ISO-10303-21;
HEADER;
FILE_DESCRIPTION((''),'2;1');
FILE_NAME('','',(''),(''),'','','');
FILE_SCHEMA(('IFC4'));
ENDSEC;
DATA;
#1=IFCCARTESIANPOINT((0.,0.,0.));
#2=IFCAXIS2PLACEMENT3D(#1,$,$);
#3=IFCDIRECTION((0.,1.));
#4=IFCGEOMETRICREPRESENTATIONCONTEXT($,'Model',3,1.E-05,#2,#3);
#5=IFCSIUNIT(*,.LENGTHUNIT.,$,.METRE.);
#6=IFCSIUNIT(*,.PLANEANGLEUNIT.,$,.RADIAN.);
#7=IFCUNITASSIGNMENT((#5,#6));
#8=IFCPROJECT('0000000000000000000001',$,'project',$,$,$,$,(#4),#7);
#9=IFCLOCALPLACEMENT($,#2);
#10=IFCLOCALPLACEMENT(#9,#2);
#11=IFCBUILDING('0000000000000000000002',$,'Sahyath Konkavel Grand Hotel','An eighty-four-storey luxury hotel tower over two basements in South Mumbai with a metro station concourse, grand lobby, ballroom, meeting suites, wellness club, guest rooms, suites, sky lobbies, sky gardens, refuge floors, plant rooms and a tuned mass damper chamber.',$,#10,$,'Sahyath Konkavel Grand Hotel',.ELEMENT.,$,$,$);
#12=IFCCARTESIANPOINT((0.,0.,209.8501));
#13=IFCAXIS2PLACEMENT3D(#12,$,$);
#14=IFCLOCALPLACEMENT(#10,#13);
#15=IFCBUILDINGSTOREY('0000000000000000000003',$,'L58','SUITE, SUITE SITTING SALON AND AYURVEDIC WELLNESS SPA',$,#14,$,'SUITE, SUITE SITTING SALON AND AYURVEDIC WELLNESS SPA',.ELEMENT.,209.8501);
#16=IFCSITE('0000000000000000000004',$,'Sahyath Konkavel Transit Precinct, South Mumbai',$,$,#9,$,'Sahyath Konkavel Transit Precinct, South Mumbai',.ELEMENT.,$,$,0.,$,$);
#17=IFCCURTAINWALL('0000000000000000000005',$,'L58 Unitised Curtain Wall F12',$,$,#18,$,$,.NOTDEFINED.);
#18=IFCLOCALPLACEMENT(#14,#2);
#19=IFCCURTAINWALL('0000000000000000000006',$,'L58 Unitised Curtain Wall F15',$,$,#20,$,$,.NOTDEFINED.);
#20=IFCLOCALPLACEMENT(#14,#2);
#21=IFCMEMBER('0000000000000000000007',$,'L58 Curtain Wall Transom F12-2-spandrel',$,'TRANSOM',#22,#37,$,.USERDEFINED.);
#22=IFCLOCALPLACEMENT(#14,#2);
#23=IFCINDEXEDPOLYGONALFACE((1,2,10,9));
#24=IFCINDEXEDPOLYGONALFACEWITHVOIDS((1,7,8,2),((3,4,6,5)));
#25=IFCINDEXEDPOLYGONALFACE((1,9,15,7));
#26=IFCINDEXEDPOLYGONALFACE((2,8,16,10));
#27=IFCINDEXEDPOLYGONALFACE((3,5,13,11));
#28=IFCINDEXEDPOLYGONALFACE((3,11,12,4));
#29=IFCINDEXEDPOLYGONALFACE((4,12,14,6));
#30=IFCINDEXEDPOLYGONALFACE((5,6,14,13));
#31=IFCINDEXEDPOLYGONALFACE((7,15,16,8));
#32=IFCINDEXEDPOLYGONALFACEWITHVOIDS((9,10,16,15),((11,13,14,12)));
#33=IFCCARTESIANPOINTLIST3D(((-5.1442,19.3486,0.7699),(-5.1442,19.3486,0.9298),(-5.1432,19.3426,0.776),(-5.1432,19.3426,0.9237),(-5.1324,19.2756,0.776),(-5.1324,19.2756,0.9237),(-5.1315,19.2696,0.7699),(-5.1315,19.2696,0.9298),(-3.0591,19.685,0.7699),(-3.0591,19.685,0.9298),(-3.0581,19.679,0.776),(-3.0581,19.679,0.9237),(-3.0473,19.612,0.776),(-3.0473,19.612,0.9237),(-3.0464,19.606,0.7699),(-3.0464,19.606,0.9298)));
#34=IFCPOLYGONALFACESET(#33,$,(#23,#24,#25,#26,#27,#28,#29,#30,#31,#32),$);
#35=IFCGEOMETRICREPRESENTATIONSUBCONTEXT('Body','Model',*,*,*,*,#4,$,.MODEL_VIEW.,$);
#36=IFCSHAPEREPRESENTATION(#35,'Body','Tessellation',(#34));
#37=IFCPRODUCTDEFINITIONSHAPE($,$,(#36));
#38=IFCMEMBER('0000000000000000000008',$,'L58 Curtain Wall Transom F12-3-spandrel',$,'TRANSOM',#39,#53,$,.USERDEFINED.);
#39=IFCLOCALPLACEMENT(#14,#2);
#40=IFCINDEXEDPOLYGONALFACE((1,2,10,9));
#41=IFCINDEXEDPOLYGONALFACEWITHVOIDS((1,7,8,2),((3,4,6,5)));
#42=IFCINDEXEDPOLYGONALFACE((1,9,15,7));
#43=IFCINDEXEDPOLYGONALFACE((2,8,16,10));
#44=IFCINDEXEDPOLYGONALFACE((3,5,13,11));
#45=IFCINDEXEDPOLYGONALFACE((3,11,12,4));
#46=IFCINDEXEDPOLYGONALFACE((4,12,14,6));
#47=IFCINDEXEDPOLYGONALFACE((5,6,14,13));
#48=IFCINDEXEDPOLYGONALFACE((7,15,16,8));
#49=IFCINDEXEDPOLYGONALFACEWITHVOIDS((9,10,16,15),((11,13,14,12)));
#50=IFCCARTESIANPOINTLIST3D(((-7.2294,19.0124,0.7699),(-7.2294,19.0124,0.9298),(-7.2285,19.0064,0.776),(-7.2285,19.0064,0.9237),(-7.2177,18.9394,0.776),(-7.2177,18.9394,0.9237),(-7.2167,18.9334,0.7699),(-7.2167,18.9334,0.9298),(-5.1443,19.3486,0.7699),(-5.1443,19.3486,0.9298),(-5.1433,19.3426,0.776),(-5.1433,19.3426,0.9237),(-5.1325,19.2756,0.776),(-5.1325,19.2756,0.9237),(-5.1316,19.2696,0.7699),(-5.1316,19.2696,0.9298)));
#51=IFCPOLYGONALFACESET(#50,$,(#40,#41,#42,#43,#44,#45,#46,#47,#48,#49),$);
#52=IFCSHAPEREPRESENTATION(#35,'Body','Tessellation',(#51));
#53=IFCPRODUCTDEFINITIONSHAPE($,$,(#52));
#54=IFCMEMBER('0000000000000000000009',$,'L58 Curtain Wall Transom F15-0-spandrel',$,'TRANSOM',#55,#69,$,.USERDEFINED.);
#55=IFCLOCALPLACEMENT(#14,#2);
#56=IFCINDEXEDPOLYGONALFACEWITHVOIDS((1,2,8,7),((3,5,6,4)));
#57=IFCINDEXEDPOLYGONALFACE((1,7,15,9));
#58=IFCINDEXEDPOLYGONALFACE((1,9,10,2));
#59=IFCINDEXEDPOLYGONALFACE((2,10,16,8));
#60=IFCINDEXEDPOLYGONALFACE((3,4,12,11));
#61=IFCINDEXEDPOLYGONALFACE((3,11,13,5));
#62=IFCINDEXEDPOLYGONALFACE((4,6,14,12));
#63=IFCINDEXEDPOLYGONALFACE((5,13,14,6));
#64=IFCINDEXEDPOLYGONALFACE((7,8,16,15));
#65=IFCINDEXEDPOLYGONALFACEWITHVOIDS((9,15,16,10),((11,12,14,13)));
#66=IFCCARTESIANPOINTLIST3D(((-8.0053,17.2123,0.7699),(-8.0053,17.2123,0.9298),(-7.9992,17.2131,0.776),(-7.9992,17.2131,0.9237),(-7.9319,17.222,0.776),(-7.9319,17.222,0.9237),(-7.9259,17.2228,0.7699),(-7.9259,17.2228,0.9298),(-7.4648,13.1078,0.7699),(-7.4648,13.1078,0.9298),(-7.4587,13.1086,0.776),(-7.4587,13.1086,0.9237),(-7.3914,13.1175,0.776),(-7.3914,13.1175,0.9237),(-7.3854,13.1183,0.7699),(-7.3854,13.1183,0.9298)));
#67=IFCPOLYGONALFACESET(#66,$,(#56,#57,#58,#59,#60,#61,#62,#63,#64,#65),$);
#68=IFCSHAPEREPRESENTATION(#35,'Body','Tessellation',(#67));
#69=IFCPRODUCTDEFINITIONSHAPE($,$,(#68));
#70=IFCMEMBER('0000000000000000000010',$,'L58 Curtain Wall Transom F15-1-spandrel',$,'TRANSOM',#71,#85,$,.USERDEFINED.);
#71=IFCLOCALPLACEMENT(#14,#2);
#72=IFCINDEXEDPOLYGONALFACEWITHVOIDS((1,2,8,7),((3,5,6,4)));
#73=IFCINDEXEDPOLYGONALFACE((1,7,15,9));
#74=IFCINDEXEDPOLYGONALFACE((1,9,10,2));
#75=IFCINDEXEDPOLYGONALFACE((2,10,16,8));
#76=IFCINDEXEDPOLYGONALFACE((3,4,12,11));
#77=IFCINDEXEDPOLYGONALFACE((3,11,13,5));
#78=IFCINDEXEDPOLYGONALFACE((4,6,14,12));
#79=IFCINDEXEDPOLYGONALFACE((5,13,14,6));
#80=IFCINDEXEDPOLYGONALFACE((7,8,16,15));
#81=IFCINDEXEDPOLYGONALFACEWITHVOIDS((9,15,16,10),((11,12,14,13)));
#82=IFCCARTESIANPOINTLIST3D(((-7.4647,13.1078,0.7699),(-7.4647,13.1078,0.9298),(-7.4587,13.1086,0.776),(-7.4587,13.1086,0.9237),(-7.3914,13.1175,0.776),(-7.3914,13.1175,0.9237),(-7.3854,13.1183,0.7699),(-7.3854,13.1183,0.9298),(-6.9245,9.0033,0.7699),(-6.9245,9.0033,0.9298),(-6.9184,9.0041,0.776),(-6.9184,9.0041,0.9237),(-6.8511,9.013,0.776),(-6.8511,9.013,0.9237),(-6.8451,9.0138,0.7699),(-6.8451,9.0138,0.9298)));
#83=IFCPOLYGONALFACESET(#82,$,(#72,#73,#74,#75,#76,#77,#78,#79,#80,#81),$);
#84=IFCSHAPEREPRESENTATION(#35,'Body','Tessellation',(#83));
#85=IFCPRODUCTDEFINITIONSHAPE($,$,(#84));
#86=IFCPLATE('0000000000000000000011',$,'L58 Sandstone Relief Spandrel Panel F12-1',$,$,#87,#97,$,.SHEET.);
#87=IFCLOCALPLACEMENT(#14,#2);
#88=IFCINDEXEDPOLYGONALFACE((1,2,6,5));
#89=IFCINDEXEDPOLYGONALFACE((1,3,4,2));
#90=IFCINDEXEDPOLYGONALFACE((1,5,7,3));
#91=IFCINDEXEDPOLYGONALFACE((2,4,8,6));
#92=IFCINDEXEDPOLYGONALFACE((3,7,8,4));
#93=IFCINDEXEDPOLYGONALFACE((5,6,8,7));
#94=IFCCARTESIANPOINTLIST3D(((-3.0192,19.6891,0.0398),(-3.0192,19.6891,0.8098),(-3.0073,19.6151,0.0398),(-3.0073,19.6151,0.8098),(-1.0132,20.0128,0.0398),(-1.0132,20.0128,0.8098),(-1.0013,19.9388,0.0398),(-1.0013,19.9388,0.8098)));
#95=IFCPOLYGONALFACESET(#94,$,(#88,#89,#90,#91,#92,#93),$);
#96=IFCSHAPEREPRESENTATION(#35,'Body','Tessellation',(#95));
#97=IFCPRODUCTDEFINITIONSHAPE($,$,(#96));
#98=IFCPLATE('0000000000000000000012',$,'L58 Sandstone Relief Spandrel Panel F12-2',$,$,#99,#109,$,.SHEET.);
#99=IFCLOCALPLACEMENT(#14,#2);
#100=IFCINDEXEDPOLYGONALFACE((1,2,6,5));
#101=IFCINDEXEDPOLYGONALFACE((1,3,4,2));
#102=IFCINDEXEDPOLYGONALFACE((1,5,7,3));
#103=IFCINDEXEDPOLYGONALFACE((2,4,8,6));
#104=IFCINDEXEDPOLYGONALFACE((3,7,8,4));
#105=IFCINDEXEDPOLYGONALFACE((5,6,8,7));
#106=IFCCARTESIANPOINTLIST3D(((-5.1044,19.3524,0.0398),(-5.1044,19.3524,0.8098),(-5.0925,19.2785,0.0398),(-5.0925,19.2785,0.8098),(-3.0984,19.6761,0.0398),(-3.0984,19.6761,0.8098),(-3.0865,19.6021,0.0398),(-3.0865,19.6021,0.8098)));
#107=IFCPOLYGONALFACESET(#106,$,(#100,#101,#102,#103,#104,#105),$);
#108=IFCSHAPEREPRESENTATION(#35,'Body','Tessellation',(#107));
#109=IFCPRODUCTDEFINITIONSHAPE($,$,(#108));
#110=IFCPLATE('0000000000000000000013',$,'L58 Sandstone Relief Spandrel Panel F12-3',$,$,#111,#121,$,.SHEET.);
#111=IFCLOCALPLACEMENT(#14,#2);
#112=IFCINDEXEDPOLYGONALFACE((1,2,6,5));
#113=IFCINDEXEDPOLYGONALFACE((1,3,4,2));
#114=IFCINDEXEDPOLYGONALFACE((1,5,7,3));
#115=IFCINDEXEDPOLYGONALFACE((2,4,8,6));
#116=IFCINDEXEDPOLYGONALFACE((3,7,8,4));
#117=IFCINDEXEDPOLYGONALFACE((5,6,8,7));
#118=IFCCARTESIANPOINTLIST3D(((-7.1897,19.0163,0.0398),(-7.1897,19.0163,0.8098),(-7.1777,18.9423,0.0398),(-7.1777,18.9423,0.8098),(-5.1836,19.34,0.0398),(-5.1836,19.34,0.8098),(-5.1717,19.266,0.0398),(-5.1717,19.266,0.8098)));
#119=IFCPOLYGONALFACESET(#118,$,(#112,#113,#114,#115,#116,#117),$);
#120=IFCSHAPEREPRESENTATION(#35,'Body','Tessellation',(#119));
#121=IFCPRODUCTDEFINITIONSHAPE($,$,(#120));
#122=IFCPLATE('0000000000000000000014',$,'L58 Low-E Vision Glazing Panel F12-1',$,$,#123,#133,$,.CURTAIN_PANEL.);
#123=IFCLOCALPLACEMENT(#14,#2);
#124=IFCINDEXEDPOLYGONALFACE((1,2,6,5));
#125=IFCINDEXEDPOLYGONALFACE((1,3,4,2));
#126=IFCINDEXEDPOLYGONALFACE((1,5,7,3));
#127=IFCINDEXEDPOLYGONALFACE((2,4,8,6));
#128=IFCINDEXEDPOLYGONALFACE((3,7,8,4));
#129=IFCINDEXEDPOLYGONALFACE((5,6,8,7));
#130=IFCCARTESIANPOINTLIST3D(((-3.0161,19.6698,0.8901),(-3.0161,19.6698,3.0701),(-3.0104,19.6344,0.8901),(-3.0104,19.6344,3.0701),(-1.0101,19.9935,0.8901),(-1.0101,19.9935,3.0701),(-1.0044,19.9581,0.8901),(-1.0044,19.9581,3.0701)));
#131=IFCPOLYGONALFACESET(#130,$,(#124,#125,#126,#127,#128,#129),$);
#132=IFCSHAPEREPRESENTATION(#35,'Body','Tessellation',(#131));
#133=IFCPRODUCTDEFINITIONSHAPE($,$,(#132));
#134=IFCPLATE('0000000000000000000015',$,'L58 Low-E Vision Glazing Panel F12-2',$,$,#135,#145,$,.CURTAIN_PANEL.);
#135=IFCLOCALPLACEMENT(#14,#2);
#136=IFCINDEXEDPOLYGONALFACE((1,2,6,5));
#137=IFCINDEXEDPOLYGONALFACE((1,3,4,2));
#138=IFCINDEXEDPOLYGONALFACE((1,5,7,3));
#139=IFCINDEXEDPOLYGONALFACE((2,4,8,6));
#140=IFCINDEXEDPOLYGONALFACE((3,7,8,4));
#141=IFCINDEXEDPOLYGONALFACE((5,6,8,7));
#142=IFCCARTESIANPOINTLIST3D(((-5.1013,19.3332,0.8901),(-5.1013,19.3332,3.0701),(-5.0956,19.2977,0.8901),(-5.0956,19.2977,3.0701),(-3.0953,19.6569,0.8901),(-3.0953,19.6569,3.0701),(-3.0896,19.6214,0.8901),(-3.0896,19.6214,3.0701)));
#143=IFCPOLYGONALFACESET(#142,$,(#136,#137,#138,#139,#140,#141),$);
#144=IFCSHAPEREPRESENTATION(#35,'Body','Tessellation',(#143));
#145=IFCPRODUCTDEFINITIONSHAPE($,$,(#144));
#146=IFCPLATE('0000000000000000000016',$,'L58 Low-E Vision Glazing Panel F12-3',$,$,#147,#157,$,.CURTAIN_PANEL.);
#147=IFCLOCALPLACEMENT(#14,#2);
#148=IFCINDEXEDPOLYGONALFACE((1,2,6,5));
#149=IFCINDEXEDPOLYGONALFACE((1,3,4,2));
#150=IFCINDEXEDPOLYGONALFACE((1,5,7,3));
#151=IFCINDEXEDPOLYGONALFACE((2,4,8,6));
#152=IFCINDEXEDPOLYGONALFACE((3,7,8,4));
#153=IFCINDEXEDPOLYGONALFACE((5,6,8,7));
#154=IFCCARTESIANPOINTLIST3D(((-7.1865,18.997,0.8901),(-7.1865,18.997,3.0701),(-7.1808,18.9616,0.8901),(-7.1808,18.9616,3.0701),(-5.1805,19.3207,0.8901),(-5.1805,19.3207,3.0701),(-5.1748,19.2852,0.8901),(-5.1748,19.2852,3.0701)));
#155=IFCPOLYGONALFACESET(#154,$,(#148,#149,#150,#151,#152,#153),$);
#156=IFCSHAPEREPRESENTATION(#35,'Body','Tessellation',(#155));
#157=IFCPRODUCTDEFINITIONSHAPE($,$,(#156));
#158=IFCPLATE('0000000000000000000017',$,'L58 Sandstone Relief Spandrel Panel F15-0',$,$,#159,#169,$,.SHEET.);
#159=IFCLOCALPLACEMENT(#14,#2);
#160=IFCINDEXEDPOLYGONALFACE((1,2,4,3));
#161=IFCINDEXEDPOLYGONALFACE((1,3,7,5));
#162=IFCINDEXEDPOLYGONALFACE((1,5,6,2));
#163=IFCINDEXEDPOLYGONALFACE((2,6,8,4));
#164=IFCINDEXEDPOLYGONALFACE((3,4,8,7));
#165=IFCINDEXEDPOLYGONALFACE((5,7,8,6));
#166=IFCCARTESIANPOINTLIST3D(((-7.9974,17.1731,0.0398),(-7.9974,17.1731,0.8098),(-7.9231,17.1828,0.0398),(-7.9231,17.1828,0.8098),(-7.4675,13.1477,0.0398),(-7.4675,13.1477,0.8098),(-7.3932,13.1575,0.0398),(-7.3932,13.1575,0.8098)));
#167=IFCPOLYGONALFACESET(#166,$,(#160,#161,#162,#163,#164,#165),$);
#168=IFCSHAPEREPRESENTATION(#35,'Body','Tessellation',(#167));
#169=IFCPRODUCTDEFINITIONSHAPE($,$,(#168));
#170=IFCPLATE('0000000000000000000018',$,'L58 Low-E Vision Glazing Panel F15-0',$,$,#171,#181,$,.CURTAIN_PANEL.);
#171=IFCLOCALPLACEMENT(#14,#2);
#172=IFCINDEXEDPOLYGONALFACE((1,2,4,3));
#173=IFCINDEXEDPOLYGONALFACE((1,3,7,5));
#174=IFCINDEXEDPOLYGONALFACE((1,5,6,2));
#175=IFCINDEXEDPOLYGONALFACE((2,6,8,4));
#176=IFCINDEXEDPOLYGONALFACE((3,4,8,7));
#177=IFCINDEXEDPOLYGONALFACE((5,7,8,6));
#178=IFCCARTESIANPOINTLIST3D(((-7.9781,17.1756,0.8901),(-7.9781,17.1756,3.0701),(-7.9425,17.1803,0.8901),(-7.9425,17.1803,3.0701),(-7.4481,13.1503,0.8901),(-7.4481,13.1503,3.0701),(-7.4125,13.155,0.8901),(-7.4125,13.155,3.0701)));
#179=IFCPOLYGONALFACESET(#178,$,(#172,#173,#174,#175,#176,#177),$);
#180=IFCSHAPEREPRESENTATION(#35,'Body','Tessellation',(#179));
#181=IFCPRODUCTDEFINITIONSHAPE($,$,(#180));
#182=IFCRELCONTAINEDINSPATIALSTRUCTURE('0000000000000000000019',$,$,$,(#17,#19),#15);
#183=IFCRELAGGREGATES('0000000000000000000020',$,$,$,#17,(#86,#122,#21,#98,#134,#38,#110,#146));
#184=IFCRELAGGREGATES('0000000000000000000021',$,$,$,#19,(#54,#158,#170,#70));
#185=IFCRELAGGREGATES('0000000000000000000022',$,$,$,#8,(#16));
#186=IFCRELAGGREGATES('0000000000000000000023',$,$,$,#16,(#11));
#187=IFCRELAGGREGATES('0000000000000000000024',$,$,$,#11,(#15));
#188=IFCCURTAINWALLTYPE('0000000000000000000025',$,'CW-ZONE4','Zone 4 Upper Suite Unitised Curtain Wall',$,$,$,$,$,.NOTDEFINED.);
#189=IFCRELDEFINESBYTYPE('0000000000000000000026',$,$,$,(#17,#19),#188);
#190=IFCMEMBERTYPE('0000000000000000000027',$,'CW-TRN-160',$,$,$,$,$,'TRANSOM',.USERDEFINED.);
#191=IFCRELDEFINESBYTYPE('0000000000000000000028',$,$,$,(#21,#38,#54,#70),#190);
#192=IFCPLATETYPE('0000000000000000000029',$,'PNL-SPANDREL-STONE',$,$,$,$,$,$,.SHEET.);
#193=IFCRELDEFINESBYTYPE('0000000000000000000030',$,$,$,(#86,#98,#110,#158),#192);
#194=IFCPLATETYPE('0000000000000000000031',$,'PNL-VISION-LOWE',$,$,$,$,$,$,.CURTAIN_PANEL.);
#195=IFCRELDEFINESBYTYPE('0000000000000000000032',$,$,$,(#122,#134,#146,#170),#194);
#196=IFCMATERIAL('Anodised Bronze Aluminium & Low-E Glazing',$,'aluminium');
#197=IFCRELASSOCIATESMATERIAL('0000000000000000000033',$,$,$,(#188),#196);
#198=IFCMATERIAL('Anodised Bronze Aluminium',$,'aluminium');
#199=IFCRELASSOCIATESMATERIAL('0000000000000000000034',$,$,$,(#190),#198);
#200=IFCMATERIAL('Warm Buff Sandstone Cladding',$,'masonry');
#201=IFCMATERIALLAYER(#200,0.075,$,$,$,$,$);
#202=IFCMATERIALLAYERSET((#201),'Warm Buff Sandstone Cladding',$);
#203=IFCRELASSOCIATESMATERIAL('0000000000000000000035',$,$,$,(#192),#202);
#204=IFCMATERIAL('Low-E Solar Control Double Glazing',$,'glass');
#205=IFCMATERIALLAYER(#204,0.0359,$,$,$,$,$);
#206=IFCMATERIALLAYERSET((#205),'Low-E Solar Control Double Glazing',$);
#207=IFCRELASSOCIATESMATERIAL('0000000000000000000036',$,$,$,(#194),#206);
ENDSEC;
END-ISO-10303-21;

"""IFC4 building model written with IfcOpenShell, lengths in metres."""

from ifc_helpers import new_model, si_unit, direction, frame, origin, origin_2d, place, context, subcontext, project, spatial, rectangle, hollow_rectangle, extrude, source, transform, mapped, material, layer, layer_set, material_profile, profile_set, type_object, element, aggregate, save


model = new_model("IFC4")

# Units and contexts
model_context = context("Model", 3, precision=1e-05, world=origin(), true_north=direction((0.0, 1.0)))
body_context = subcontext(model_context, "Body", "Model", "MODEL_VIEW")
ifc_project = project(units=[si_unit("LENGTHUNIT", "METRE"), si_unit("PLANEANGLEUNIT", "RADIAN")], contexts=[model_context])

# Site, building, storey
site_placement = place(None, origin())
site = spatial("IfcSite", under=ifc_project, at=site_placement, Name="Sahyath Konkavel Transit Precinct, South Mumbai", LongName="Sahyath Konkavel Transit Precinct, South Mumbai", CompositionType="ELEMENT", RefElevation=0.0)
building_placement = place(site_placement, origin())
building = spatial("IfcBuilding", under=site, at=building_placement, Name="Sahyath Konkavel Grand Hotel", Description="An eighty-four-storey luxury hotel tower over two basements in South Mumbai with a metro station concourse, grand lobby, ballroom, meeting suites, wellness club, guest rooms, suites, sky lobbies, sky gardens, refuge floors, plant rooms and a tuned mass damper chamber.", LongName="Sahyath Konkavel Grand Hotel", CompositionType="ELEMENT")
storey_placement = place(building_placement, frame((0.0, 0.0, 209.8501)))
storey = spatial("IfcBuildingStorey", under=building, at=storey_placement, Name="L58", Description="SUITE, SUITE SITTING SALON AND AYURVEDIC WELLNESS SPA", LongName="SUITE, SUITE SITTING SALON AND AYURVEDIC WELLNESS SPA", CompositionType="ELEMENT", Elevation=209.8501)

# Curtain wall
ifc_material_1 = material(Name="Anodised Bronze Aluminium & Low-E Glazing", Category="aluminium")
curtain_wall_type = type_object("IfcCurtainWallType", Name="CW-ZONE4", Description="Zone 4 Upper Suite Unitised Curtain Wall", PredefinedType="NOTDEFINED", material=ifc_material_1)
curtain_wall_1_placement = place(storey_placement, origin())
curtain_wall_1 = element("IfcCurtainWall", 1, at=curtain_wall_1_placement, inside=storey, type_object=curtain_wall_type, Name="L58 Unitised Curtain Wall F12", PredefinedType="NOTDEFINED")
ifc_material_2 = material(Name="Anodised Bronze Aluminium", Category="aluminium")

# Curtain wall
curtain_wall_2_placement = place(storey_placement, origin())
curtain_wall_2 = element("IfcCurtainWall", 2, at=curtain_wall_2_placement, inside=storey, type_object=curtain_wall_type, Name="L58 Unitised Curtain Wall F15", PredefinedType="NOTDEFINED")

# Members
ifc_material_profile_1 = material_profile(ifc_material_2, hollow_rectangle(XDim=0.0801, YDim=0.1599, WallThickness=0.0061, at=origin_2d()), Name="RHS 160x80x6")
ifc_profile_set_1 = profile_set([ifc_material_profile_1], Name="Anodised Bronze Aluminium")
member_type_1 = type_object("IfcMemberType", Name="CW-TRN-160", ElementType="TRANSOM", PredefinedType="USERDEFINED", material=ifc_profile_set_1)
shared_shape_1 = source(origin(), body_context, "Body", "SweptSolid", [
    extrude(hollow_rectangle(XDim=0.0801, YDim=0.1599, WallThickness=0.0061, at=origin_2d()), origin(), (0.0, 0.0, 1.0), 2.1121),
])
member_1_placement = place(storey_placement, frame((-3.0527, 19.6455, 0.8499), z_axis=(-0.987233, -0.15928, 0.0), x_axis=(0.15928, -0.987233, 0.0)))
member_1 = element("IfcMember", 3, at=member_1_placement, type_object=member_type_1, Name="L58 Curtain Wall Transom F12-2-spandrel", ObjectType="TRANSOM", PredefinedType="USERDEFINED", context=body_context, shape_type="MappedRepresentation", body=[
    mapped(shared_shape_1, transform((0.0, 0.0, 0.0), scale=1.0)),
])
member_2_placement = place(storey_placement, frame((-5.1379, 19.3091, 0.8499), z_axis=(-0.987252, -0.159167, 0.0), x_axis=(0.159167, -0.987252, 0.0)))
member_2 = element("IfcMember", 4, at=member_2_placement, type_object=member_type_1, Name="L58 Curtain Wall Transom F12-3-spandrel", ObjectType="TRANSOM", PredefinedType="USERDEFINED", context=body_context, shape_type="MappedRepresentation", body=[
    mapped(shared_shape_1, transform((0.0, 0.0, 0.0), scale=1.0)),
])
shared_shape_2 = source(origin(), body_context, "Body", "SweptSolid", [
    extrude(hollow_rectangle(XDim=0.0801, YDim=0.1599, WallThickness=0.0061, at=origin_2d()), origin(), (0.0, 0.0, 1.0), 4.1399),
])
member_3_placement = place(storey_placement, frame((-7.9656, 17.2175, 0.8499), z_axis=(0.130564, -0.99144, 0.0), x_axis=(0.99144, 0.130564, 0.0)))
member_3 = element("IfcMember", 5, at=member_3_placement, type_object=member_type_1, Name="L58 Curtain Wall Transom F15-0-spandrel", ObjectType="TRANSOM", PredefinedType="USERDEFINED", context=body_context, shape_type="MappedRepresentation", body=[
    mapped(shared_shape_2, transform((0.0, 0.0, 0.0), scale=1.0)),
])
member_4_placement = place(storey_placement, frame((-7.425, 13.113, 0.8499), z_axis=(0.130506, -0.991447, 0.0), x_axis=(0.991447, 0.130506, 0.0)))
member_4 = element("IfcMember", 6, at=member_4_placement, type_object=member_type_1, Name="L58 Curtain Wall Transom F15-1-spandrel", ObjectType="TRANSOM", PredefinedType="USERDEFINED", context=body_context, shape_type="MappedRepresentation", body=[
    mapped(shared_shape_2, transform((0.0, 0.0, 0.0), scale=1.0)),
])

# Plates
ifc_material_3 = material(Name="Warm Buff Sandstone Cladding", Category="masonry")
ifc_layer_1 = layer(ifc_material_3, 0.075)
ifc_layer_set_1 = layer_set([ifc_layer_1], Name="Warm Buff Sandstone Cladding")
plate_type_1 = type_object("IfcPlateType", Name="PNL-SPANDREL-STONE", PredefinedType="SHEET", material=ifc_layer_set_1)
shared_shape_3 = source(origin(), body_context, "Body", "SweptSolid", [
    extrude(rectangle(XDim=2.032, YDim=0.075, at=origin_2d()), origin(), (0.0, 0.0, 1.0), 0.77),
])
plate_1_placement = place(storey_placement, frame((-2.0103, 19.814, 0.0398), z_axis=(0.0, 0.0, 1.0), x_axis=(-0.987231, -0.159295, 0.0)))
plate_1 = element("IfcPlate", 7, at=plate_1_placement, type_object=plate_type_1, Name="L58 Sandstone Relief Spandrel Panel F12-1", PredefinedType="SHEET", context=body_context, shape_type="MappedRepresentation", body=[
    mapped(shared_shape_3, transform((0.0, 0.0, 0.0), scale=1.0)),
])
plate_2_placement = place(storey_placement, frame((-4.0955, 19.4773, 0.0398), z_axis=(0.0, 0.0, 1.0), x_axis=(-0.987231, -0.159295, 0.0)))
plate_2 = element("IfcPlate", 8, at=plate_2_placement, type_object=plate_type_1, Name="L58 Sandstone Relief Spandrel Panel F12-2", PredefinedType="SHEET", context=body_context, shape_type="MappedRepresentation", body=[
    mapped(shared_shape_3, transform((0.0, 0.0, 0.0), scale=1.0)),
])
plate_3_placement = place(storey_placement, frame((-6.1807, 19.1411, 0.0398), z_axis=(0.0, 0.0, 1.0), x_axis=(-0.987231, -0.159295, 0.0)))
plate_3 = element("IfcPlate", 9, at=plate_3_placement, type_object=plate_type_1, Name="L58 Sandstone Relief Spandrel Panel F12-3", PredefinedType="SHEET", context=body_context, shape_type="MappedRepresentation", body=[
    mapped(shared_shape_3, transform((0.0, 0.0, 0.0), scale=1.0)),
])
ifc_material_4 = material(Name="Low-E Solar Control Double Glazing", Category="glass")
ifc_layer_2 = layer(ifc_material_4, 0.0359)
ifc_layer_set_2 = layer_set([ifc_layer_2], Name="Low-E Solar Control Double Glazing")
plate_type_2 = type_object("IfcPlateType", Name="PNL-VISION-LOWE", PredefinedType="CURTAIN_PANEL", material=ifc_layer_set_2)
shared_shape_4 = source(origin(), body_context, "Body", "SweptSolid", [
    extrude(rectangle(XDim=2.032, YDim=0.0359, at=origin_2d()), origin(), (0.0, 0.0, 1.0), 2.1799),
])
plate_4_placement = place(storey_placement, frame((-2.0103, 19.814, 0.8901), z_axis=(0.0, 0.0, 1.0), x_axis=(-0.987231, -0.159295, 0.0)))
plate_4 = element("IfcPlate", 10, at=plate_4_placement, type_object=plate_type_2, Name="L58 Low-E Vision Glazing Panel F12-1", PredefinedType="CURTAIN_PANEL", context=body_context, shape_type="MappedRepresentation", body=[
    mapped(shared_shape_4, transform((0.0, 0.0, 0.0), scale=1.0)),
])
plate_5_placement = place(storey_placement, frame((-4.0955, 19.4773, 0.8901), z_axis=(0.0, 0.0, 1.0), x_axis=(-0.987231, -0.159295, 0.0)))
plate_5 = element("IfcPlate", 11, at=plate_5_placement, type_object=plate_type_2, Name="L58 Low-E Vision Glazing Panel F12-2", PredefinedType="CURTAIN_PANEL", context=body_context, shape_type="MappedRepresentation", body=[
    mapped(shared_shape_4, transform((0.0, 0.0, 0.0), scale=1.0)),
])
plate_6_placement = place(storey_placement, frame((-6.1807, 19.1411, 0.8901), z_axis=(0.0, 0.0, 1.0), x_axis=(-0.987231, -0.159295, 0.0)))
plate_6 = element("IfcPlate", 12, at=plate_6_placement, type_object=plate_type_2, Name="L58 Low-E Vision Glazing Panel F12-3", PredefinedType="CURTAIN_PANEL", context=body_context, shape_type="MappedRepresentation", body=[
    mapped(shared_shape_4, transform((0.0, 0.0, 0.0), scale=1.0)),
])
aggregate(curtain_wall_1, [plate_1, plate_4, member_1, plate_2, plate_5, member_2, plate_3, plate_6])
shared_shape_5 = source(origin(), body_context, "Body", "SweptSolid", [
    extrude(rectangle(XDim=4.0601, YDim=0.075, at=origin_2d()), origin(), (0.0, 0.0, 1.0), 0.77),
])
plate_7_placement = place(storey_placement, frame((-7.6953, 15.1653, 0.0398), z_axis=(0.0, 0.0, 1.0), x_axis=(0.130526, -0.991445, 0.0)))
plate_7 = element("IfcPlate", 13, at=plate_7_placement, type_object=plate_type_1, Name="L58 Sandstone Relief Spandrel Panel F15-0", PredefinedType="SHEET", context=body_context, shape_type="MappedRepresentation", body=[
    mapped(shared_shape_5, transform((0.0, 0.0, 0.0), scale=1.0)),
])
shared_shape_6 = source(origin(), body_context, "Body", "SweptSolid", [
    extrude(rectangle(XDim=4.0601, YDim=0.0359, at=origin_2d()), origin(), (0.0, 0.0, 1.0), 2.1799),
])
plate_8_placement = place(storey_placement, frame((-7.6953, 15.1653, 0.8901), z_axis=(0.0, 0.0, 1.0), x_axis=(0.130526, -0.991445, 0.0)))
plate_8 = element("IfcPlate", 14, at=plate_8_placement, type_object=plate_type_2, Name="L58 Low-E Vision Glazing Panel F15-0", PredefinedType="CURTAIN_PANEL", context=body_context, shape_type="MappedRepresentation", body=[
    mapped(shared_shape_6, transform((0.0, 0.0, 0.0), scale=1.0)),
])
aggregate(curtain_wall_2, [member_3, plate_7, plate_8, member_4])

save(model, "model.ifc")
